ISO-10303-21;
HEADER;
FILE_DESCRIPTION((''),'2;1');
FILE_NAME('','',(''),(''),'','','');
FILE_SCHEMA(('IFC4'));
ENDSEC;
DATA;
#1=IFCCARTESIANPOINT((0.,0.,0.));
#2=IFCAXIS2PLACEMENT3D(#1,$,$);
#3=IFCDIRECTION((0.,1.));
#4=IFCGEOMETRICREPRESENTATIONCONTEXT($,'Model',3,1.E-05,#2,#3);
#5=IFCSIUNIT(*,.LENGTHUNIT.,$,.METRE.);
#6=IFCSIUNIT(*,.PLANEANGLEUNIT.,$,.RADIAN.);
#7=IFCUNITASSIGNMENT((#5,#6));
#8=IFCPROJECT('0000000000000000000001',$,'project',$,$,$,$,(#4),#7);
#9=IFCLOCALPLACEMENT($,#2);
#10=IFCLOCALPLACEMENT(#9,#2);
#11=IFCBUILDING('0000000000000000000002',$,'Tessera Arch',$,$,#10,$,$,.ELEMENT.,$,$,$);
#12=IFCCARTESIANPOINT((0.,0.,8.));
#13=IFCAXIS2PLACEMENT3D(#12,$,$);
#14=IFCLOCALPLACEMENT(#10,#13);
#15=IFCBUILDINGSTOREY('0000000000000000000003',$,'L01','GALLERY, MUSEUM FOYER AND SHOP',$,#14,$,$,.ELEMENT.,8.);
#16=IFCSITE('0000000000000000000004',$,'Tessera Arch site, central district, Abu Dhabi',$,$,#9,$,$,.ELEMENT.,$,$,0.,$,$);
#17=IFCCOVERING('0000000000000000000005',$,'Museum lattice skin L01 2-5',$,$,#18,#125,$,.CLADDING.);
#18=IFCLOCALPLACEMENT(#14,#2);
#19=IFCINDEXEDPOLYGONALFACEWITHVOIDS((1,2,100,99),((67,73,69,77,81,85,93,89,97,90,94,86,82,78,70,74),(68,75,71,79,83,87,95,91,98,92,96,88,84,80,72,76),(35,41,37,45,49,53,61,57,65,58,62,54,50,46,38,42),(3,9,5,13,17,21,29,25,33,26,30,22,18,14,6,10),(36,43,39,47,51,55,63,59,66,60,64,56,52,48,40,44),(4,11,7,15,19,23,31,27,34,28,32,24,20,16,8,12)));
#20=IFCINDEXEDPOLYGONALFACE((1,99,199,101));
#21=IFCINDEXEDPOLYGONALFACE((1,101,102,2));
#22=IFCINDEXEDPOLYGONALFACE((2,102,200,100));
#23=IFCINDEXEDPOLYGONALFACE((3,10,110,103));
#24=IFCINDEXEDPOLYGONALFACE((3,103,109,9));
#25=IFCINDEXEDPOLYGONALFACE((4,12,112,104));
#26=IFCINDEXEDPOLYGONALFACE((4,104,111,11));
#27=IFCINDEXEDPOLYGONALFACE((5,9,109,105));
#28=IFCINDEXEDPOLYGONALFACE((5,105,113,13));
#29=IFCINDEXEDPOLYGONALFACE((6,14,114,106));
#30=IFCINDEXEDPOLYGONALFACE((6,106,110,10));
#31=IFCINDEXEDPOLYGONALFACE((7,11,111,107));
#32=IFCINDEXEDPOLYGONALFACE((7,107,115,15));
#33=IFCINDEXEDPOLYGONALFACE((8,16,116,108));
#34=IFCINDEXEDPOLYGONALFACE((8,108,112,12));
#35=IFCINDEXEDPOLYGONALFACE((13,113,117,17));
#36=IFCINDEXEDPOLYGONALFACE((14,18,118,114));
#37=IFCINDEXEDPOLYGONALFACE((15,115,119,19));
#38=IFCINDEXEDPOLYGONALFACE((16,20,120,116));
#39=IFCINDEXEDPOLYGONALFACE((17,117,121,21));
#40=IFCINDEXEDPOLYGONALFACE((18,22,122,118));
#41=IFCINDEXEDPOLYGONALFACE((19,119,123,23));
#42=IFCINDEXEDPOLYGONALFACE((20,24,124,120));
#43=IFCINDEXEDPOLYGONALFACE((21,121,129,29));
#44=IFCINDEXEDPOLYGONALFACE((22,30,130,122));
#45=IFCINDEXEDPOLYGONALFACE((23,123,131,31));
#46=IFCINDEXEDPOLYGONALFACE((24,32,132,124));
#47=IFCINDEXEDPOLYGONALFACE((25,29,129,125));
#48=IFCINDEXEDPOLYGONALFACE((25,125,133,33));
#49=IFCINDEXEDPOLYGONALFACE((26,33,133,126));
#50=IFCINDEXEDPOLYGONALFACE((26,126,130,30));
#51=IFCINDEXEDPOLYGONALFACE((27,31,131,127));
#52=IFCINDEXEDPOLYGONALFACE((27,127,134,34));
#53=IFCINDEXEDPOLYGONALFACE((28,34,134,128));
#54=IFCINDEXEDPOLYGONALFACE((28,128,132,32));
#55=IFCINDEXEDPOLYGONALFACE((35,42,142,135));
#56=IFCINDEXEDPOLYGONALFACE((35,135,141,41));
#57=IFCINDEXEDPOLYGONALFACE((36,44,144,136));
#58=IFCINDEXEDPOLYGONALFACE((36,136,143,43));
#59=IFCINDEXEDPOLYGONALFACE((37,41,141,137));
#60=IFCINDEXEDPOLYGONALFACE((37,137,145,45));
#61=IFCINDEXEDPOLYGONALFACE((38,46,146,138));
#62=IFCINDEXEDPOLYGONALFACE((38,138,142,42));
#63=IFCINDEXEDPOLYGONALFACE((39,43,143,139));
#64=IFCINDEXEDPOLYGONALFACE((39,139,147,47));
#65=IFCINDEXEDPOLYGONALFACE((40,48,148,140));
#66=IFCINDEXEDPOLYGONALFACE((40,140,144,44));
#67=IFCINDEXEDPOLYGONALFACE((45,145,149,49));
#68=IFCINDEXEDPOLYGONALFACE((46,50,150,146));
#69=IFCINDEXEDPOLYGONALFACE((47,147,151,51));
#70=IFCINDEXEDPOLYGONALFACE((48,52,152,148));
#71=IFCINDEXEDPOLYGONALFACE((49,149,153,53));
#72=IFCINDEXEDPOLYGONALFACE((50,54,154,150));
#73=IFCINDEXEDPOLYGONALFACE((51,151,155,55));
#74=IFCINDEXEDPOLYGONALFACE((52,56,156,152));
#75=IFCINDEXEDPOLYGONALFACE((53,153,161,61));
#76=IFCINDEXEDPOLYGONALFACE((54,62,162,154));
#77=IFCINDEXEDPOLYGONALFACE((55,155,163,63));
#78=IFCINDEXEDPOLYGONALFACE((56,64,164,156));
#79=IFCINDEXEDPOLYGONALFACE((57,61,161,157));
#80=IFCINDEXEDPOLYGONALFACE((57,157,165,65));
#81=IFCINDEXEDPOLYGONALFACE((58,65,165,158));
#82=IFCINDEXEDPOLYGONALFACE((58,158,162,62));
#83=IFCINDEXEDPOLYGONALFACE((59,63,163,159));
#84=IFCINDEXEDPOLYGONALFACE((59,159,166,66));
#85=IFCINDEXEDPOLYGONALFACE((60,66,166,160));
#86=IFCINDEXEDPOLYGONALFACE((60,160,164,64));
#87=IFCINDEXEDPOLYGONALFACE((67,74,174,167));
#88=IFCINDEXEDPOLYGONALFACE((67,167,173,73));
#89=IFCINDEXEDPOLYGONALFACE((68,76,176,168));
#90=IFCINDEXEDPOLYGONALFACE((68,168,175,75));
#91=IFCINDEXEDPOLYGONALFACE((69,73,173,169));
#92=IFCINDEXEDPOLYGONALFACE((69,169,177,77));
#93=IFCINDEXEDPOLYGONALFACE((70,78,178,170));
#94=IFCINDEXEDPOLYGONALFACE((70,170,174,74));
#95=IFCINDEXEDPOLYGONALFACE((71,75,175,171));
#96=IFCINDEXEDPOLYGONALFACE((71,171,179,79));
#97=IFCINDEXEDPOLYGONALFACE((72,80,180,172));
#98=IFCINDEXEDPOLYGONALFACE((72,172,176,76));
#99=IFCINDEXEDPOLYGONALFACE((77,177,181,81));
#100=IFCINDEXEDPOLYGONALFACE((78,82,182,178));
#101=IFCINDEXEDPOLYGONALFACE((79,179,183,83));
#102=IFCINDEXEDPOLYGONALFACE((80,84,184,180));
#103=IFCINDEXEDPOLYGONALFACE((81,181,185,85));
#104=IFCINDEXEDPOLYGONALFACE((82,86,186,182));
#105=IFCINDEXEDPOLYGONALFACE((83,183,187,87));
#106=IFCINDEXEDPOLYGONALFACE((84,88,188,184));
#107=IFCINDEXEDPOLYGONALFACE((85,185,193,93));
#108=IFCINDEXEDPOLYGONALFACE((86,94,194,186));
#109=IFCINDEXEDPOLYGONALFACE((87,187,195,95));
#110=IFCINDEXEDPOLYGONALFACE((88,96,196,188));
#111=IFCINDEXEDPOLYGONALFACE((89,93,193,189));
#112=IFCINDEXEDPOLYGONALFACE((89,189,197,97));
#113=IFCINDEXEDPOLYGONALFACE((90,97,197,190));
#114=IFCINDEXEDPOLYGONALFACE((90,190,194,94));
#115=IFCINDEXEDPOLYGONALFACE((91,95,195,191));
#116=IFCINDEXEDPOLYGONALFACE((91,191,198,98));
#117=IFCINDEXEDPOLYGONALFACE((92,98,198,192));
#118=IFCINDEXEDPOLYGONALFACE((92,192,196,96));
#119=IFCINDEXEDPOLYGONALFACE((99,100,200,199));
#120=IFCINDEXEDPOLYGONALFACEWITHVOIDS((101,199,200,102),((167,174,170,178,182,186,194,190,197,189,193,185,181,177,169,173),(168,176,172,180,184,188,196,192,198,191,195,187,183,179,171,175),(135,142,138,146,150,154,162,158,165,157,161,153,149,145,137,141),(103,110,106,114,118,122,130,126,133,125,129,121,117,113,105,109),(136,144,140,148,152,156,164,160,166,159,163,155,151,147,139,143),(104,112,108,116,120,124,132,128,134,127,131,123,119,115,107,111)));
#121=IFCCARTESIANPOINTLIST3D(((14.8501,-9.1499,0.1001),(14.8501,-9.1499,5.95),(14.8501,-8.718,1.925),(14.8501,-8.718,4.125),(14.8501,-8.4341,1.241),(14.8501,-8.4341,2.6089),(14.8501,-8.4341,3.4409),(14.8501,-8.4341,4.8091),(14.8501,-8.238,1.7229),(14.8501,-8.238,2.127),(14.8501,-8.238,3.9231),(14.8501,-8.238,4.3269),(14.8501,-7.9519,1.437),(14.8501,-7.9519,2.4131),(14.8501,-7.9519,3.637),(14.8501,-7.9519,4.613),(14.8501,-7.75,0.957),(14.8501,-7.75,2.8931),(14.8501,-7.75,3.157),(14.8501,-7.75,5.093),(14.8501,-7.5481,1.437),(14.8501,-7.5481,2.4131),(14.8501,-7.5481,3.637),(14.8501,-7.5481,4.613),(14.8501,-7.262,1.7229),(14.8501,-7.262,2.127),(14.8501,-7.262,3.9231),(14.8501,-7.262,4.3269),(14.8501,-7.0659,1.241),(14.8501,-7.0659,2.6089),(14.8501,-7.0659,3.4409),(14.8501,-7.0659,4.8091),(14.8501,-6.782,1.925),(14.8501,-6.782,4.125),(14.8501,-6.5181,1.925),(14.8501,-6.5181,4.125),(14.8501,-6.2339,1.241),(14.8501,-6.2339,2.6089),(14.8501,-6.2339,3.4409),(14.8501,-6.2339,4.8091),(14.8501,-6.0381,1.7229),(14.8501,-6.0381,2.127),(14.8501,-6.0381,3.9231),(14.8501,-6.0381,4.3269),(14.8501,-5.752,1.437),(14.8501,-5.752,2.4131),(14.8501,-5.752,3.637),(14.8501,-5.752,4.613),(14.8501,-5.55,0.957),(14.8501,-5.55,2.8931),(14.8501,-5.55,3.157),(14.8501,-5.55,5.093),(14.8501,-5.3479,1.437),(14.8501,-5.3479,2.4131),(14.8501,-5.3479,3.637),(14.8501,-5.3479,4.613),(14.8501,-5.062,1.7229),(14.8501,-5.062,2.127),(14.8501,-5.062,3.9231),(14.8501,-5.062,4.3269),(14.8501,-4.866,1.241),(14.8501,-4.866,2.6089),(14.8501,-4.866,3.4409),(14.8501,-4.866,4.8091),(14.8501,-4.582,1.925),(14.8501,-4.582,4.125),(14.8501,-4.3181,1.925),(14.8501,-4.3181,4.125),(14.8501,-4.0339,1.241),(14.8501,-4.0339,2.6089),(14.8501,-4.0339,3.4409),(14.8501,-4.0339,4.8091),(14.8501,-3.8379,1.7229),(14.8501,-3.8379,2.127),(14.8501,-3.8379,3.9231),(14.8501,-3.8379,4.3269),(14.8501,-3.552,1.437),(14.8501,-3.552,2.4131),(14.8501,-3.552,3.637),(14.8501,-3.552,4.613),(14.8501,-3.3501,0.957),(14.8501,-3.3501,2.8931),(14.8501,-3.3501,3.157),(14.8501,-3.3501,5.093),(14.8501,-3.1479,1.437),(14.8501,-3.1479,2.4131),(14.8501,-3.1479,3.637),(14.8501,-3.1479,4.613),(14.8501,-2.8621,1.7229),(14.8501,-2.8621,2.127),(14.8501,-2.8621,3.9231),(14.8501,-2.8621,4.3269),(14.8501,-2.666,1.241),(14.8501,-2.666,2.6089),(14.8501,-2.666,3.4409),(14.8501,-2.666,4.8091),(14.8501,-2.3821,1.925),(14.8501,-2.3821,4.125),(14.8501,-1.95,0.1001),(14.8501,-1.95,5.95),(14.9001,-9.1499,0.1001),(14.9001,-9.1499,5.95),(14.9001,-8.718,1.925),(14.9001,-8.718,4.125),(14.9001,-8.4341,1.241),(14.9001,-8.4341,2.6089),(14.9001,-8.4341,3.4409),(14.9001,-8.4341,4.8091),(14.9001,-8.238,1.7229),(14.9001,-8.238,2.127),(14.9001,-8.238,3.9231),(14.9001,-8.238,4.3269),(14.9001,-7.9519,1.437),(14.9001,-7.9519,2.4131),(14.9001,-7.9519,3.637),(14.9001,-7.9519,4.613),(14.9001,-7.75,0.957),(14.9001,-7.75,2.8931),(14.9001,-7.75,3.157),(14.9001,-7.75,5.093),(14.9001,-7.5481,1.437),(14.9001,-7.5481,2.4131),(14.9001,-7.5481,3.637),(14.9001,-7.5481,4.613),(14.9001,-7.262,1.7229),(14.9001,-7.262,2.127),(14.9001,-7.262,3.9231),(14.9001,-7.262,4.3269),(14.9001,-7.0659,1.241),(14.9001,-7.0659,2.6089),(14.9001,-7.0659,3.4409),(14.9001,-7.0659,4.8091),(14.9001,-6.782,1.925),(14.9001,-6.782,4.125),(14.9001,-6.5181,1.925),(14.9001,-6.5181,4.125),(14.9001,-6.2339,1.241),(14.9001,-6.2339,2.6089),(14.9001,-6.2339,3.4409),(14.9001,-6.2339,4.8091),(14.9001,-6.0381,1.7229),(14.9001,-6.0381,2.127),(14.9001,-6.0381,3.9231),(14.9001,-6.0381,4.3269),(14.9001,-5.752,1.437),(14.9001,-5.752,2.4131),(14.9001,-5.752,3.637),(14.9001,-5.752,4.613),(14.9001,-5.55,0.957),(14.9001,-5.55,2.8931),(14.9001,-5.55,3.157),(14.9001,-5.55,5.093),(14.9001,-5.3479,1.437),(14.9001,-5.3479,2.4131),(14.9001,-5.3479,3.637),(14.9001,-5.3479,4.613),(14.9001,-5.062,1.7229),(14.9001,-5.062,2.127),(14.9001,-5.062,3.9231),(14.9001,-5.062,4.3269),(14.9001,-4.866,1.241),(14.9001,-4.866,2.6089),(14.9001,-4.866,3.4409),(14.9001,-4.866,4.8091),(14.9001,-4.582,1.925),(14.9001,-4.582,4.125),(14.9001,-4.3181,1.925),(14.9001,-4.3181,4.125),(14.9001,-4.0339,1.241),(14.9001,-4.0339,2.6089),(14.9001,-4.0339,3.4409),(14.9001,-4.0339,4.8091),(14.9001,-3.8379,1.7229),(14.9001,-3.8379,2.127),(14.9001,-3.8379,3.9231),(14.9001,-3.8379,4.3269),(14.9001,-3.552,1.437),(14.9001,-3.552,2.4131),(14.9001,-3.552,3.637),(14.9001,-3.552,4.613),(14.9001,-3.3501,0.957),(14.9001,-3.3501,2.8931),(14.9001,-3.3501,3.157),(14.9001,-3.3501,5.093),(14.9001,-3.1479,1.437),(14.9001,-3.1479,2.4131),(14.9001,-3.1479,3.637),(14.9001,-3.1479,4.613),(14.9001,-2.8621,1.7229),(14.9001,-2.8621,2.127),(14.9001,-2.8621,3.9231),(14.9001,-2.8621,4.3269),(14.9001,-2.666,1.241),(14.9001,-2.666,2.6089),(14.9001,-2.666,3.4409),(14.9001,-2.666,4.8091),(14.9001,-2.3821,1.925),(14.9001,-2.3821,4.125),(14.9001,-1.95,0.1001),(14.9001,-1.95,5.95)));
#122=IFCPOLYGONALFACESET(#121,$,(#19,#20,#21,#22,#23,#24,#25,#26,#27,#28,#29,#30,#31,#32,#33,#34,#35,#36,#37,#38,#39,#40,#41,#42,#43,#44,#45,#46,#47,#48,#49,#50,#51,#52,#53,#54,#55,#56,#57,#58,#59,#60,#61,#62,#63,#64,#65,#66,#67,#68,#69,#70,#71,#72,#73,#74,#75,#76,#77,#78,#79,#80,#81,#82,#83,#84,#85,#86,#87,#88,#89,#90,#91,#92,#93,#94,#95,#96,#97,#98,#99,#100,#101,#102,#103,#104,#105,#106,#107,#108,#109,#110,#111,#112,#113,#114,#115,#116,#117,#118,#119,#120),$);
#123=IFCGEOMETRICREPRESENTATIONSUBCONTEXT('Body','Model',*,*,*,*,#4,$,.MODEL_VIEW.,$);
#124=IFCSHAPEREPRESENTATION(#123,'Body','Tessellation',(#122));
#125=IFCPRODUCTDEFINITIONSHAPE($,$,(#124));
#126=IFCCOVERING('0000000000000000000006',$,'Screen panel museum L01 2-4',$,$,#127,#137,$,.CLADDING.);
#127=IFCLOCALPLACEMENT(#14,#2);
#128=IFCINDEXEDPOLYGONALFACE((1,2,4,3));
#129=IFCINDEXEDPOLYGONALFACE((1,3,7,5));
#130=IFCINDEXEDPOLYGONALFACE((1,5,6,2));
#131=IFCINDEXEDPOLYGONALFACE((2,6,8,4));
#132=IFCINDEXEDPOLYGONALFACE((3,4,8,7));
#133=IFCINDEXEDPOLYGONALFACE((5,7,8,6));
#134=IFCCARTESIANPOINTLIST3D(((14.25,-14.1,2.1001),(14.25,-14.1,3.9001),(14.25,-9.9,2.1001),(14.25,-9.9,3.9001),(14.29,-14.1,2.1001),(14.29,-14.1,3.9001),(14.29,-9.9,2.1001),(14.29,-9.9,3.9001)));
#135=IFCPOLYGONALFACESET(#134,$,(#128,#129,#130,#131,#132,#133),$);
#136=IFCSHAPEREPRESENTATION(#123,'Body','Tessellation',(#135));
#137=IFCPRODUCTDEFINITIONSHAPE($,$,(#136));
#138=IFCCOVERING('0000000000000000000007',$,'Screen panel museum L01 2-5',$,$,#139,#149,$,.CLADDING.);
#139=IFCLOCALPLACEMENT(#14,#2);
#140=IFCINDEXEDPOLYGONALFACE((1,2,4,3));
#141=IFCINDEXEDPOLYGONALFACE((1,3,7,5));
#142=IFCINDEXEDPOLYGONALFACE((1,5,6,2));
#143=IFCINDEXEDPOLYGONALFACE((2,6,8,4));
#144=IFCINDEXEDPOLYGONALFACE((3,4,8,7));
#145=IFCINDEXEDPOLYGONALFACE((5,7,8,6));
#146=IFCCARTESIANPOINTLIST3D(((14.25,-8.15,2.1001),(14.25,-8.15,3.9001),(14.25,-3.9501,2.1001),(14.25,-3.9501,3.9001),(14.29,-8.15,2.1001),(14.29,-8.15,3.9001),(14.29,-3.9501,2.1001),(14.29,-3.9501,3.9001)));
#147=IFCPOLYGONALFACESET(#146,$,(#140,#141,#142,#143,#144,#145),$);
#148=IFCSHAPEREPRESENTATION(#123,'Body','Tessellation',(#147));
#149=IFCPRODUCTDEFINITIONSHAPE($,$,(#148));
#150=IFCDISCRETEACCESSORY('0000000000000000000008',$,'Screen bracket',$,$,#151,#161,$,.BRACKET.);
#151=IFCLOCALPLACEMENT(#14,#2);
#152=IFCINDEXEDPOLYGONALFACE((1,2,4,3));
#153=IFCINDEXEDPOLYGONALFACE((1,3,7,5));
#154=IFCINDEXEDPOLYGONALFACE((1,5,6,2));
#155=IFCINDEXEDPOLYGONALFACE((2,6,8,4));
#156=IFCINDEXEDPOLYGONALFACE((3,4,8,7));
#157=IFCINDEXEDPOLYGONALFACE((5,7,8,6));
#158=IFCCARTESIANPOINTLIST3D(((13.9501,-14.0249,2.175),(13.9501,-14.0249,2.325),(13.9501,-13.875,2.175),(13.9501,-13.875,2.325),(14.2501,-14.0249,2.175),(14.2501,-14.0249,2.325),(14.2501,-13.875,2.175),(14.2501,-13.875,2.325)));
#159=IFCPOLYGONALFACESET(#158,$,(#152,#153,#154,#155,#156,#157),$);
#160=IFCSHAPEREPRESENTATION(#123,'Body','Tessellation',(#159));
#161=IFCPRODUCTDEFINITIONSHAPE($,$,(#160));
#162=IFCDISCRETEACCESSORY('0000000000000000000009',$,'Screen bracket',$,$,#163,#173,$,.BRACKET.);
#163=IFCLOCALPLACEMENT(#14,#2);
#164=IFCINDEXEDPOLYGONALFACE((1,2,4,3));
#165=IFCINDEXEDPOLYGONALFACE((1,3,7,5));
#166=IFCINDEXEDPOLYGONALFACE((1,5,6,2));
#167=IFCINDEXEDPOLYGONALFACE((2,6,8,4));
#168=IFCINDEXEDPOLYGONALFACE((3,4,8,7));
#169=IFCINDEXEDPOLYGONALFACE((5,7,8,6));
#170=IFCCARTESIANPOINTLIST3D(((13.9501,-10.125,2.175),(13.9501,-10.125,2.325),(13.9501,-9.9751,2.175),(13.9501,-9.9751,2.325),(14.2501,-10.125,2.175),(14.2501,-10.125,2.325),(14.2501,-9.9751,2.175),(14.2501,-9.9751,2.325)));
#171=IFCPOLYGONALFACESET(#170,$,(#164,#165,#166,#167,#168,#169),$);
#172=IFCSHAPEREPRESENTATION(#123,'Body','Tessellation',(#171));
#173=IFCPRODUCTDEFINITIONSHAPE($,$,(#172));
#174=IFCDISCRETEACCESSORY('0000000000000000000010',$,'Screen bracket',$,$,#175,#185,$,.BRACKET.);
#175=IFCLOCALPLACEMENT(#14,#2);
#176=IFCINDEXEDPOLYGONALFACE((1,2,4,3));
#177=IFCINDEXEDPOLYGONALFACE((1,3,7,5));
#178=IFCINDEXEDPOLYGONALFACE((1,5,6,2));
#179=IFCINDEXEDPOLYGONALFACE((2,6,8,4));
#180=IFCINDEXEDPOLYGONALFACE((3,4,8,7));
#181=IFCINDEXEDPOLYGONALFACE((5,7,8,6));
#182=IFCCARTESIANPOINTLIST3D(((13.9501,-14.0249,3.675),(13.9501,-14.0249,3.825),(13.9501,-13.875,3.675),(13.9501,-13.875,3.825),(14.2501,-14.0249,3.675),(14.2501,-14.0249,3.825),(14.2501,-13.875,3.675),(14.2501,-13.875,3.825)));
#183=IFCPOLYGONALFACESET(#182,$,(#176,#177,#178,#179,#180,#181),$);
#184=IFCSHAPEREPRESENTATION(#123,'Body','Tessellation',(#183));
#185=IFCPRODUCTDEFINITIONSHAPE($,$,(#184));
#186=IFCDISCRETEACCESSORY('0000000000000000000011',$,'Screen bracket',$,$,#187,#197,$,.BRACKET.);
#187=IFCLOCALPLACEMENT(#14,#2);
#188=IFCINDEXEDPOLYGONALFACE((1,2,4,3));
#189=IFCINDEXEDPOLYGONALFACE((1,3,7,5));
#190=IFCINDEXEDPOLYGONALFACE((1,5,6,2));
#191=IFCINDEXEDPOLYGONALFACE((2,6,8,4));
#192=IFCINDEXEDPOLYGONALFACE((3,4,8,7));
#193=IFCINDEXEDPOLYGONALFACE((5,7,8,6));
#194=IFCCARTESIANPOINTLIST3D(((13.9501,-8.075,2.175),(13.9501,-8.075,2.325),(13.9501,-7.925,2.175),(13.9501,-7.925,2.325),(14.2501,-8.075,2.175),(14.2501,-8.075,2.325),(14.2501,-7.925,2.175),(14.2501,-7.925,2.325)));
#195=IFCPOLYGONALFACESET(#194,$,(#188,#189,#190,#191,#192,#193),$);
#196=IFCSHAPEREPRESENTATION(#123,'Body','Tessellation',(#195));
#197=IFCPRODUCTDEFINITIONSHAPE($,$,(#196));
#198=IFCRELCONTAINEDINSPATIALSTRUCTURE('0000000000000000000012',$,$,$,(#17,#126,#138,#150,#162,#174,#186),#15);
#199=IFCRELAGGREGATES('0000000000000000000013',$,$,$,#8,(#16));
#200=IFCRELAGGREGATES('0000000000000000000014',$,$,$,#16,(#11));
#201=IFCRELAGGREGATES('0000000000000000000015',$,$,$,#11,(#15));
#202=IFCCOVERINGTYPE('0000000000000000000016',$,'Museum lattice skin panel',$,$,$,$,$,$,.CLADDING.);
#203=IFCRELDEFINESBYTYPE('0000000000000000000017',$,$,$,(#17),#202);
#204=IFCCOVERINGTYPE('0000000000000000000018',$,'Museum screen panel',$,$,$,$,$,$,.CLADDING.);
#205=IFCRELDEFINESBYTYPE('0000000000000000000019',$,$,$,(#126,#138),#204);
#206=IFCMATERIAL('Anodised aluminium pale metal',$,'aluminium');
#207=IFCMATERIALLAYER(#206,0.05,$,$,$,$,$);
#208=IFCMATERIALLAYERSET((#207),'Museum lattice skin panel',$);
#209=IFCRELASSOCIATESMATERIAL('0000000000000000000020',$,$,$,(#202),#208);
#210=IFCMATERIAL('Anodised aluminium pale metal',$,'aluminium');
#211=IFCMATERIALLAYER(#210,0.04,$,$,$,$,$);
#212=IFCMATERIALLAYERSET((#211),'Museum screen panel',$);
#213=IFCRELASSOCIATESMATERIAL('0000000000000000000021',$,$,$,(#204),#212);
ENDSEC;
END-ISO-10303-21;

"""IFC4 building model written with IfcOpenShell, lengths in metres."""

from ifc_helpers import new_model, si_unit, direction, frame, origin, origin_2d, place, context, subcontext, project, spatial, polyline, rectangle, outline, extrude, material, layer, layer_set, type_object, element, save


model = new_model("IFC4")

# Units and contexts
model_context = context("Model", 3, precision=1e-05, world=origin(), true_north=direction((0.0, 1.0)))
body_context = subcontext(model_context, "Body", "Model", "MODEL_VIEW")
ifc_project = project(units=[si_unit("LENGTHUNIT", "METRE"), si_unit("PLANEANGLEUNIT", "RADIAN")], contexts=[model_context])

# Site, building, storey
site_placement = place(None, origin())
site = spatial("IfcSite", under=ifc_project, at=site_placement, Name="Tessera Arch site, central district, Abu Dhabi", CompositionType="ELEMENT", RefElevation=0.0)
building_placement = place(site_placement, origin())
building = spatial("IfcBuilding", under=site, at=building_placement, Name="Tessera Arch", CompositionType="ELEMENT")
storey_placement = place(building_placement, frame((0.0, 0.0, 8.0)))
storey = spatial("IfcBuildingStorey", under=building, at=storey_placement, Name="L01", Description="GALLERY, MUSEUM FOYER AND SHOP", CompositionType="ELEMENT", Elevation=8.0)

# Coverings
ifc_material_1 = material(Name="Anodised aluminium pale metal", Category="aluminium")
ifc_layer_1 = layer(ifc_material_1, 0.05)
ifc_layer_set_1 = layer_set([ifc_layer_1], Name="Museum lattice skin panel")
covering_type_1 = type_object("IfcCoveringType", Name="Museum lattice skin panel", PredefinedType="CLADDING", material=ifc_layer_set_1)
covering_1_placement = place(storey_placement, frame((14.8501, -9.1499, 5.95), z_axis=(-1.0, 0.0, 0.0), x_axis=(0.0, 1.0, 0.0)))
element("IfcCovering", 1, at=covering_1_placement, inside=storey, type_object=covering_type_1, Name="Museum lattice skin L01 2-5", PredefinedType="CLADDING", context=body_context, shape_type="SweptSolid", body=[
    extrude(outline(polyline([(0.0, 0.0), (7.2, 0.0), (7.2, 5.8499), (0.0, 5.8499), (0.0, 0.0)]), holes=[polyline([(2.3679, 4.0249), (1.8879, 3.823), (2.084, 3.3411), (1.6018, 3.5369), (1.3999, 3.0569), (1.198, 3.5369), (0.7158, 3.3411), (0.9119, 3.823), (0.4319, 4.0249), (0.9119, 4.2271), (0.7158, 4.709), (1.198, 4.5129), (1.3999, 4.9929), (1.6018, 4.5129), (2.084, 4.709), (1.8879, 4.2271), (2.3679, 4.0249)]), polyline([(2.3679, 1.825), (1.8879, 1.623), (2.084, 1.1409), (1.6018, 1.3369), (1.3999, 0.8569), (1.198, 1.3369), (0.7158, 1.1409), (0.9119, 1.623), (0.4319, 1.825), (0.9119, 2.0269), (0.7158, 2.509), (1.198, 2.313), (1.3999, 2.793), (1.6018, 2.313), (2.084, 2.509), (1.8879, 2.0269), (2.3679, 1.825)]), polyline([(4.5679, 4.0249), (4.0879, 3.823), (4.2839, 3.3411), (3.802, 3.5369), (3.5999, 3.0569), (3.3979, 3.5369), (2.916, 3.3411), (3.1118, 3.823), (2.6318, 4.0249), (3.1118, 4.2271), (2.916, 4.709), (3.3979, 4.5129), (3.5999, 4.9929), (3.802, 4.5129), (4.2839, 4.709), (4.0879, 4.2271), (4.5679, 4.0249)]), polyline([(4.5679, 1.825), (4.0879, 1.623), (4.2839, 1.1409), (3.802, 1.3369), (3.5999, 0.8569), (3.3979, 1.3369), (2.916, 1.1409), (3.1118, 1.623), (2.6318, 1.825), (3.1118, 2.0269), (2.916, 2.509), (3.3979, 2.313), (3.5999, 2.793), (3.802, 2.313), (4.2839, 2.509), (4.0879, 2.0269), (4.5679, 1.825)]), polyline([(6.7678, 4.0249), (6.2878, 3.823), (6.4839, 3.3411), (6.002, 3.5369), (5.7998, 3.0569), (5.5979, 3.5369), (5.116, 3.3411), (5.312, 3.823), (4.8318, 4.0249), (5.312, 4.2271), (5.116, 4.709), (5.5979, 4.5129), (5.7998, 4.9929), (6.002, 4.5129), (6.4839, 4.709), (6.2878, 4.2271), (6.7678, 4.0249)]), polyline([(6.7678, 1.825), (6.2878, 1.623), (6.4839, 1.1409), (6.002, 1.3369), (5.7998, 0.8569), (5.5979, 1.3369), (5.116, 1.1409), (5.312, 1.623), (4.8318, 1.825), (5.312, 2.0269), (5.116, 2.509), (5.5979, 2.313), (5.7998, 2.793), (6.002, 2.313), (6.4839, 2.509), (6.2878, 2.0269), (6.7678, 1.825)])]), origin(), (0.0, 0.0, -1.0), 0.05),
])
ifc_material_2 = material(Name="Anodised aluminium pale metal", Category="aluminium")
ifc_layer_2 = layer(ifc_material_2, 0.04)
ifc_layer_set_2 = layer_set([ifc_layer_2], Name="Museum screen panel")
covering_type_2 = type_object("IfcCoveringType", Name="Museum screen panel", PredefinedType="CLADDING", material=ifc_layer_set_2)
for number, where, z_axis, x_axis, name in (
    (2, (14.27, -12.0, 2.1001), (0.0, 0.0, 1.0), (0.0, 1.0, 0.0), "Screen panel museum L01 2-4"),
    (3, (14.27, -6.05, 2.1001), (0.0, 0.0, 1.0), (0.0, 1.0, 0.0), "Screen panel museum L01 2-5"),
):
    element("IfcCovering", number, at=place(storey_placement, frame(where, z_axis=z_axis, x_axis=x_axis)), inside=storey, type_object=covering_type_2, Name=name, PredefinedType="CLADDING", context=body_context, shape_type="SweptSolid", body=[
        extrude(rectangle(XDim=4.2, YDim=0.04, at=origin_2d()), origin(), (0.0, 0.0, 1.0), 1.8),
    ])

# Discrete accessories
for number, where, z_axis, x_axis, name in (
    (4, (14.1001, -13.95, 2.175), (0.0, 0.0, 1.0), (1.0, 0.0, 0.0), "Screen bracket"),
    (5, (14.1001, -10.05, 2.175), (0.0, 0.0, 1.0), (1.0, 0.0, 0.0), "Screen bracket"),
    (6, (14.1001, -13.95, 3.675), (0.0, 0.0, 1.0), (1.0, 0.0, 0.0), "Screen bracket"),
    (7, (14.1001, -8.0, 2.175), (0.0, 0.0, 1.0), (1.0, 0.0, 0.0), "Screen bracket"),
):
    element("IfcDiscreteAccessory", number, at=place(storey_placement, frame(where, z_axis=z_axis, x_axis=x_axis)), inside=storey, Name=name, PredefinedType="BRACKET", context=body_context, shape_type="SweptSolid", body=[
        extrude(rectangle(XDim=0.3, YDim=0.1499, at=origin_2d()), origin(), (0.0, 0.0, 1.0), 0.1499),
    ])

save(model, "model.ifc")
